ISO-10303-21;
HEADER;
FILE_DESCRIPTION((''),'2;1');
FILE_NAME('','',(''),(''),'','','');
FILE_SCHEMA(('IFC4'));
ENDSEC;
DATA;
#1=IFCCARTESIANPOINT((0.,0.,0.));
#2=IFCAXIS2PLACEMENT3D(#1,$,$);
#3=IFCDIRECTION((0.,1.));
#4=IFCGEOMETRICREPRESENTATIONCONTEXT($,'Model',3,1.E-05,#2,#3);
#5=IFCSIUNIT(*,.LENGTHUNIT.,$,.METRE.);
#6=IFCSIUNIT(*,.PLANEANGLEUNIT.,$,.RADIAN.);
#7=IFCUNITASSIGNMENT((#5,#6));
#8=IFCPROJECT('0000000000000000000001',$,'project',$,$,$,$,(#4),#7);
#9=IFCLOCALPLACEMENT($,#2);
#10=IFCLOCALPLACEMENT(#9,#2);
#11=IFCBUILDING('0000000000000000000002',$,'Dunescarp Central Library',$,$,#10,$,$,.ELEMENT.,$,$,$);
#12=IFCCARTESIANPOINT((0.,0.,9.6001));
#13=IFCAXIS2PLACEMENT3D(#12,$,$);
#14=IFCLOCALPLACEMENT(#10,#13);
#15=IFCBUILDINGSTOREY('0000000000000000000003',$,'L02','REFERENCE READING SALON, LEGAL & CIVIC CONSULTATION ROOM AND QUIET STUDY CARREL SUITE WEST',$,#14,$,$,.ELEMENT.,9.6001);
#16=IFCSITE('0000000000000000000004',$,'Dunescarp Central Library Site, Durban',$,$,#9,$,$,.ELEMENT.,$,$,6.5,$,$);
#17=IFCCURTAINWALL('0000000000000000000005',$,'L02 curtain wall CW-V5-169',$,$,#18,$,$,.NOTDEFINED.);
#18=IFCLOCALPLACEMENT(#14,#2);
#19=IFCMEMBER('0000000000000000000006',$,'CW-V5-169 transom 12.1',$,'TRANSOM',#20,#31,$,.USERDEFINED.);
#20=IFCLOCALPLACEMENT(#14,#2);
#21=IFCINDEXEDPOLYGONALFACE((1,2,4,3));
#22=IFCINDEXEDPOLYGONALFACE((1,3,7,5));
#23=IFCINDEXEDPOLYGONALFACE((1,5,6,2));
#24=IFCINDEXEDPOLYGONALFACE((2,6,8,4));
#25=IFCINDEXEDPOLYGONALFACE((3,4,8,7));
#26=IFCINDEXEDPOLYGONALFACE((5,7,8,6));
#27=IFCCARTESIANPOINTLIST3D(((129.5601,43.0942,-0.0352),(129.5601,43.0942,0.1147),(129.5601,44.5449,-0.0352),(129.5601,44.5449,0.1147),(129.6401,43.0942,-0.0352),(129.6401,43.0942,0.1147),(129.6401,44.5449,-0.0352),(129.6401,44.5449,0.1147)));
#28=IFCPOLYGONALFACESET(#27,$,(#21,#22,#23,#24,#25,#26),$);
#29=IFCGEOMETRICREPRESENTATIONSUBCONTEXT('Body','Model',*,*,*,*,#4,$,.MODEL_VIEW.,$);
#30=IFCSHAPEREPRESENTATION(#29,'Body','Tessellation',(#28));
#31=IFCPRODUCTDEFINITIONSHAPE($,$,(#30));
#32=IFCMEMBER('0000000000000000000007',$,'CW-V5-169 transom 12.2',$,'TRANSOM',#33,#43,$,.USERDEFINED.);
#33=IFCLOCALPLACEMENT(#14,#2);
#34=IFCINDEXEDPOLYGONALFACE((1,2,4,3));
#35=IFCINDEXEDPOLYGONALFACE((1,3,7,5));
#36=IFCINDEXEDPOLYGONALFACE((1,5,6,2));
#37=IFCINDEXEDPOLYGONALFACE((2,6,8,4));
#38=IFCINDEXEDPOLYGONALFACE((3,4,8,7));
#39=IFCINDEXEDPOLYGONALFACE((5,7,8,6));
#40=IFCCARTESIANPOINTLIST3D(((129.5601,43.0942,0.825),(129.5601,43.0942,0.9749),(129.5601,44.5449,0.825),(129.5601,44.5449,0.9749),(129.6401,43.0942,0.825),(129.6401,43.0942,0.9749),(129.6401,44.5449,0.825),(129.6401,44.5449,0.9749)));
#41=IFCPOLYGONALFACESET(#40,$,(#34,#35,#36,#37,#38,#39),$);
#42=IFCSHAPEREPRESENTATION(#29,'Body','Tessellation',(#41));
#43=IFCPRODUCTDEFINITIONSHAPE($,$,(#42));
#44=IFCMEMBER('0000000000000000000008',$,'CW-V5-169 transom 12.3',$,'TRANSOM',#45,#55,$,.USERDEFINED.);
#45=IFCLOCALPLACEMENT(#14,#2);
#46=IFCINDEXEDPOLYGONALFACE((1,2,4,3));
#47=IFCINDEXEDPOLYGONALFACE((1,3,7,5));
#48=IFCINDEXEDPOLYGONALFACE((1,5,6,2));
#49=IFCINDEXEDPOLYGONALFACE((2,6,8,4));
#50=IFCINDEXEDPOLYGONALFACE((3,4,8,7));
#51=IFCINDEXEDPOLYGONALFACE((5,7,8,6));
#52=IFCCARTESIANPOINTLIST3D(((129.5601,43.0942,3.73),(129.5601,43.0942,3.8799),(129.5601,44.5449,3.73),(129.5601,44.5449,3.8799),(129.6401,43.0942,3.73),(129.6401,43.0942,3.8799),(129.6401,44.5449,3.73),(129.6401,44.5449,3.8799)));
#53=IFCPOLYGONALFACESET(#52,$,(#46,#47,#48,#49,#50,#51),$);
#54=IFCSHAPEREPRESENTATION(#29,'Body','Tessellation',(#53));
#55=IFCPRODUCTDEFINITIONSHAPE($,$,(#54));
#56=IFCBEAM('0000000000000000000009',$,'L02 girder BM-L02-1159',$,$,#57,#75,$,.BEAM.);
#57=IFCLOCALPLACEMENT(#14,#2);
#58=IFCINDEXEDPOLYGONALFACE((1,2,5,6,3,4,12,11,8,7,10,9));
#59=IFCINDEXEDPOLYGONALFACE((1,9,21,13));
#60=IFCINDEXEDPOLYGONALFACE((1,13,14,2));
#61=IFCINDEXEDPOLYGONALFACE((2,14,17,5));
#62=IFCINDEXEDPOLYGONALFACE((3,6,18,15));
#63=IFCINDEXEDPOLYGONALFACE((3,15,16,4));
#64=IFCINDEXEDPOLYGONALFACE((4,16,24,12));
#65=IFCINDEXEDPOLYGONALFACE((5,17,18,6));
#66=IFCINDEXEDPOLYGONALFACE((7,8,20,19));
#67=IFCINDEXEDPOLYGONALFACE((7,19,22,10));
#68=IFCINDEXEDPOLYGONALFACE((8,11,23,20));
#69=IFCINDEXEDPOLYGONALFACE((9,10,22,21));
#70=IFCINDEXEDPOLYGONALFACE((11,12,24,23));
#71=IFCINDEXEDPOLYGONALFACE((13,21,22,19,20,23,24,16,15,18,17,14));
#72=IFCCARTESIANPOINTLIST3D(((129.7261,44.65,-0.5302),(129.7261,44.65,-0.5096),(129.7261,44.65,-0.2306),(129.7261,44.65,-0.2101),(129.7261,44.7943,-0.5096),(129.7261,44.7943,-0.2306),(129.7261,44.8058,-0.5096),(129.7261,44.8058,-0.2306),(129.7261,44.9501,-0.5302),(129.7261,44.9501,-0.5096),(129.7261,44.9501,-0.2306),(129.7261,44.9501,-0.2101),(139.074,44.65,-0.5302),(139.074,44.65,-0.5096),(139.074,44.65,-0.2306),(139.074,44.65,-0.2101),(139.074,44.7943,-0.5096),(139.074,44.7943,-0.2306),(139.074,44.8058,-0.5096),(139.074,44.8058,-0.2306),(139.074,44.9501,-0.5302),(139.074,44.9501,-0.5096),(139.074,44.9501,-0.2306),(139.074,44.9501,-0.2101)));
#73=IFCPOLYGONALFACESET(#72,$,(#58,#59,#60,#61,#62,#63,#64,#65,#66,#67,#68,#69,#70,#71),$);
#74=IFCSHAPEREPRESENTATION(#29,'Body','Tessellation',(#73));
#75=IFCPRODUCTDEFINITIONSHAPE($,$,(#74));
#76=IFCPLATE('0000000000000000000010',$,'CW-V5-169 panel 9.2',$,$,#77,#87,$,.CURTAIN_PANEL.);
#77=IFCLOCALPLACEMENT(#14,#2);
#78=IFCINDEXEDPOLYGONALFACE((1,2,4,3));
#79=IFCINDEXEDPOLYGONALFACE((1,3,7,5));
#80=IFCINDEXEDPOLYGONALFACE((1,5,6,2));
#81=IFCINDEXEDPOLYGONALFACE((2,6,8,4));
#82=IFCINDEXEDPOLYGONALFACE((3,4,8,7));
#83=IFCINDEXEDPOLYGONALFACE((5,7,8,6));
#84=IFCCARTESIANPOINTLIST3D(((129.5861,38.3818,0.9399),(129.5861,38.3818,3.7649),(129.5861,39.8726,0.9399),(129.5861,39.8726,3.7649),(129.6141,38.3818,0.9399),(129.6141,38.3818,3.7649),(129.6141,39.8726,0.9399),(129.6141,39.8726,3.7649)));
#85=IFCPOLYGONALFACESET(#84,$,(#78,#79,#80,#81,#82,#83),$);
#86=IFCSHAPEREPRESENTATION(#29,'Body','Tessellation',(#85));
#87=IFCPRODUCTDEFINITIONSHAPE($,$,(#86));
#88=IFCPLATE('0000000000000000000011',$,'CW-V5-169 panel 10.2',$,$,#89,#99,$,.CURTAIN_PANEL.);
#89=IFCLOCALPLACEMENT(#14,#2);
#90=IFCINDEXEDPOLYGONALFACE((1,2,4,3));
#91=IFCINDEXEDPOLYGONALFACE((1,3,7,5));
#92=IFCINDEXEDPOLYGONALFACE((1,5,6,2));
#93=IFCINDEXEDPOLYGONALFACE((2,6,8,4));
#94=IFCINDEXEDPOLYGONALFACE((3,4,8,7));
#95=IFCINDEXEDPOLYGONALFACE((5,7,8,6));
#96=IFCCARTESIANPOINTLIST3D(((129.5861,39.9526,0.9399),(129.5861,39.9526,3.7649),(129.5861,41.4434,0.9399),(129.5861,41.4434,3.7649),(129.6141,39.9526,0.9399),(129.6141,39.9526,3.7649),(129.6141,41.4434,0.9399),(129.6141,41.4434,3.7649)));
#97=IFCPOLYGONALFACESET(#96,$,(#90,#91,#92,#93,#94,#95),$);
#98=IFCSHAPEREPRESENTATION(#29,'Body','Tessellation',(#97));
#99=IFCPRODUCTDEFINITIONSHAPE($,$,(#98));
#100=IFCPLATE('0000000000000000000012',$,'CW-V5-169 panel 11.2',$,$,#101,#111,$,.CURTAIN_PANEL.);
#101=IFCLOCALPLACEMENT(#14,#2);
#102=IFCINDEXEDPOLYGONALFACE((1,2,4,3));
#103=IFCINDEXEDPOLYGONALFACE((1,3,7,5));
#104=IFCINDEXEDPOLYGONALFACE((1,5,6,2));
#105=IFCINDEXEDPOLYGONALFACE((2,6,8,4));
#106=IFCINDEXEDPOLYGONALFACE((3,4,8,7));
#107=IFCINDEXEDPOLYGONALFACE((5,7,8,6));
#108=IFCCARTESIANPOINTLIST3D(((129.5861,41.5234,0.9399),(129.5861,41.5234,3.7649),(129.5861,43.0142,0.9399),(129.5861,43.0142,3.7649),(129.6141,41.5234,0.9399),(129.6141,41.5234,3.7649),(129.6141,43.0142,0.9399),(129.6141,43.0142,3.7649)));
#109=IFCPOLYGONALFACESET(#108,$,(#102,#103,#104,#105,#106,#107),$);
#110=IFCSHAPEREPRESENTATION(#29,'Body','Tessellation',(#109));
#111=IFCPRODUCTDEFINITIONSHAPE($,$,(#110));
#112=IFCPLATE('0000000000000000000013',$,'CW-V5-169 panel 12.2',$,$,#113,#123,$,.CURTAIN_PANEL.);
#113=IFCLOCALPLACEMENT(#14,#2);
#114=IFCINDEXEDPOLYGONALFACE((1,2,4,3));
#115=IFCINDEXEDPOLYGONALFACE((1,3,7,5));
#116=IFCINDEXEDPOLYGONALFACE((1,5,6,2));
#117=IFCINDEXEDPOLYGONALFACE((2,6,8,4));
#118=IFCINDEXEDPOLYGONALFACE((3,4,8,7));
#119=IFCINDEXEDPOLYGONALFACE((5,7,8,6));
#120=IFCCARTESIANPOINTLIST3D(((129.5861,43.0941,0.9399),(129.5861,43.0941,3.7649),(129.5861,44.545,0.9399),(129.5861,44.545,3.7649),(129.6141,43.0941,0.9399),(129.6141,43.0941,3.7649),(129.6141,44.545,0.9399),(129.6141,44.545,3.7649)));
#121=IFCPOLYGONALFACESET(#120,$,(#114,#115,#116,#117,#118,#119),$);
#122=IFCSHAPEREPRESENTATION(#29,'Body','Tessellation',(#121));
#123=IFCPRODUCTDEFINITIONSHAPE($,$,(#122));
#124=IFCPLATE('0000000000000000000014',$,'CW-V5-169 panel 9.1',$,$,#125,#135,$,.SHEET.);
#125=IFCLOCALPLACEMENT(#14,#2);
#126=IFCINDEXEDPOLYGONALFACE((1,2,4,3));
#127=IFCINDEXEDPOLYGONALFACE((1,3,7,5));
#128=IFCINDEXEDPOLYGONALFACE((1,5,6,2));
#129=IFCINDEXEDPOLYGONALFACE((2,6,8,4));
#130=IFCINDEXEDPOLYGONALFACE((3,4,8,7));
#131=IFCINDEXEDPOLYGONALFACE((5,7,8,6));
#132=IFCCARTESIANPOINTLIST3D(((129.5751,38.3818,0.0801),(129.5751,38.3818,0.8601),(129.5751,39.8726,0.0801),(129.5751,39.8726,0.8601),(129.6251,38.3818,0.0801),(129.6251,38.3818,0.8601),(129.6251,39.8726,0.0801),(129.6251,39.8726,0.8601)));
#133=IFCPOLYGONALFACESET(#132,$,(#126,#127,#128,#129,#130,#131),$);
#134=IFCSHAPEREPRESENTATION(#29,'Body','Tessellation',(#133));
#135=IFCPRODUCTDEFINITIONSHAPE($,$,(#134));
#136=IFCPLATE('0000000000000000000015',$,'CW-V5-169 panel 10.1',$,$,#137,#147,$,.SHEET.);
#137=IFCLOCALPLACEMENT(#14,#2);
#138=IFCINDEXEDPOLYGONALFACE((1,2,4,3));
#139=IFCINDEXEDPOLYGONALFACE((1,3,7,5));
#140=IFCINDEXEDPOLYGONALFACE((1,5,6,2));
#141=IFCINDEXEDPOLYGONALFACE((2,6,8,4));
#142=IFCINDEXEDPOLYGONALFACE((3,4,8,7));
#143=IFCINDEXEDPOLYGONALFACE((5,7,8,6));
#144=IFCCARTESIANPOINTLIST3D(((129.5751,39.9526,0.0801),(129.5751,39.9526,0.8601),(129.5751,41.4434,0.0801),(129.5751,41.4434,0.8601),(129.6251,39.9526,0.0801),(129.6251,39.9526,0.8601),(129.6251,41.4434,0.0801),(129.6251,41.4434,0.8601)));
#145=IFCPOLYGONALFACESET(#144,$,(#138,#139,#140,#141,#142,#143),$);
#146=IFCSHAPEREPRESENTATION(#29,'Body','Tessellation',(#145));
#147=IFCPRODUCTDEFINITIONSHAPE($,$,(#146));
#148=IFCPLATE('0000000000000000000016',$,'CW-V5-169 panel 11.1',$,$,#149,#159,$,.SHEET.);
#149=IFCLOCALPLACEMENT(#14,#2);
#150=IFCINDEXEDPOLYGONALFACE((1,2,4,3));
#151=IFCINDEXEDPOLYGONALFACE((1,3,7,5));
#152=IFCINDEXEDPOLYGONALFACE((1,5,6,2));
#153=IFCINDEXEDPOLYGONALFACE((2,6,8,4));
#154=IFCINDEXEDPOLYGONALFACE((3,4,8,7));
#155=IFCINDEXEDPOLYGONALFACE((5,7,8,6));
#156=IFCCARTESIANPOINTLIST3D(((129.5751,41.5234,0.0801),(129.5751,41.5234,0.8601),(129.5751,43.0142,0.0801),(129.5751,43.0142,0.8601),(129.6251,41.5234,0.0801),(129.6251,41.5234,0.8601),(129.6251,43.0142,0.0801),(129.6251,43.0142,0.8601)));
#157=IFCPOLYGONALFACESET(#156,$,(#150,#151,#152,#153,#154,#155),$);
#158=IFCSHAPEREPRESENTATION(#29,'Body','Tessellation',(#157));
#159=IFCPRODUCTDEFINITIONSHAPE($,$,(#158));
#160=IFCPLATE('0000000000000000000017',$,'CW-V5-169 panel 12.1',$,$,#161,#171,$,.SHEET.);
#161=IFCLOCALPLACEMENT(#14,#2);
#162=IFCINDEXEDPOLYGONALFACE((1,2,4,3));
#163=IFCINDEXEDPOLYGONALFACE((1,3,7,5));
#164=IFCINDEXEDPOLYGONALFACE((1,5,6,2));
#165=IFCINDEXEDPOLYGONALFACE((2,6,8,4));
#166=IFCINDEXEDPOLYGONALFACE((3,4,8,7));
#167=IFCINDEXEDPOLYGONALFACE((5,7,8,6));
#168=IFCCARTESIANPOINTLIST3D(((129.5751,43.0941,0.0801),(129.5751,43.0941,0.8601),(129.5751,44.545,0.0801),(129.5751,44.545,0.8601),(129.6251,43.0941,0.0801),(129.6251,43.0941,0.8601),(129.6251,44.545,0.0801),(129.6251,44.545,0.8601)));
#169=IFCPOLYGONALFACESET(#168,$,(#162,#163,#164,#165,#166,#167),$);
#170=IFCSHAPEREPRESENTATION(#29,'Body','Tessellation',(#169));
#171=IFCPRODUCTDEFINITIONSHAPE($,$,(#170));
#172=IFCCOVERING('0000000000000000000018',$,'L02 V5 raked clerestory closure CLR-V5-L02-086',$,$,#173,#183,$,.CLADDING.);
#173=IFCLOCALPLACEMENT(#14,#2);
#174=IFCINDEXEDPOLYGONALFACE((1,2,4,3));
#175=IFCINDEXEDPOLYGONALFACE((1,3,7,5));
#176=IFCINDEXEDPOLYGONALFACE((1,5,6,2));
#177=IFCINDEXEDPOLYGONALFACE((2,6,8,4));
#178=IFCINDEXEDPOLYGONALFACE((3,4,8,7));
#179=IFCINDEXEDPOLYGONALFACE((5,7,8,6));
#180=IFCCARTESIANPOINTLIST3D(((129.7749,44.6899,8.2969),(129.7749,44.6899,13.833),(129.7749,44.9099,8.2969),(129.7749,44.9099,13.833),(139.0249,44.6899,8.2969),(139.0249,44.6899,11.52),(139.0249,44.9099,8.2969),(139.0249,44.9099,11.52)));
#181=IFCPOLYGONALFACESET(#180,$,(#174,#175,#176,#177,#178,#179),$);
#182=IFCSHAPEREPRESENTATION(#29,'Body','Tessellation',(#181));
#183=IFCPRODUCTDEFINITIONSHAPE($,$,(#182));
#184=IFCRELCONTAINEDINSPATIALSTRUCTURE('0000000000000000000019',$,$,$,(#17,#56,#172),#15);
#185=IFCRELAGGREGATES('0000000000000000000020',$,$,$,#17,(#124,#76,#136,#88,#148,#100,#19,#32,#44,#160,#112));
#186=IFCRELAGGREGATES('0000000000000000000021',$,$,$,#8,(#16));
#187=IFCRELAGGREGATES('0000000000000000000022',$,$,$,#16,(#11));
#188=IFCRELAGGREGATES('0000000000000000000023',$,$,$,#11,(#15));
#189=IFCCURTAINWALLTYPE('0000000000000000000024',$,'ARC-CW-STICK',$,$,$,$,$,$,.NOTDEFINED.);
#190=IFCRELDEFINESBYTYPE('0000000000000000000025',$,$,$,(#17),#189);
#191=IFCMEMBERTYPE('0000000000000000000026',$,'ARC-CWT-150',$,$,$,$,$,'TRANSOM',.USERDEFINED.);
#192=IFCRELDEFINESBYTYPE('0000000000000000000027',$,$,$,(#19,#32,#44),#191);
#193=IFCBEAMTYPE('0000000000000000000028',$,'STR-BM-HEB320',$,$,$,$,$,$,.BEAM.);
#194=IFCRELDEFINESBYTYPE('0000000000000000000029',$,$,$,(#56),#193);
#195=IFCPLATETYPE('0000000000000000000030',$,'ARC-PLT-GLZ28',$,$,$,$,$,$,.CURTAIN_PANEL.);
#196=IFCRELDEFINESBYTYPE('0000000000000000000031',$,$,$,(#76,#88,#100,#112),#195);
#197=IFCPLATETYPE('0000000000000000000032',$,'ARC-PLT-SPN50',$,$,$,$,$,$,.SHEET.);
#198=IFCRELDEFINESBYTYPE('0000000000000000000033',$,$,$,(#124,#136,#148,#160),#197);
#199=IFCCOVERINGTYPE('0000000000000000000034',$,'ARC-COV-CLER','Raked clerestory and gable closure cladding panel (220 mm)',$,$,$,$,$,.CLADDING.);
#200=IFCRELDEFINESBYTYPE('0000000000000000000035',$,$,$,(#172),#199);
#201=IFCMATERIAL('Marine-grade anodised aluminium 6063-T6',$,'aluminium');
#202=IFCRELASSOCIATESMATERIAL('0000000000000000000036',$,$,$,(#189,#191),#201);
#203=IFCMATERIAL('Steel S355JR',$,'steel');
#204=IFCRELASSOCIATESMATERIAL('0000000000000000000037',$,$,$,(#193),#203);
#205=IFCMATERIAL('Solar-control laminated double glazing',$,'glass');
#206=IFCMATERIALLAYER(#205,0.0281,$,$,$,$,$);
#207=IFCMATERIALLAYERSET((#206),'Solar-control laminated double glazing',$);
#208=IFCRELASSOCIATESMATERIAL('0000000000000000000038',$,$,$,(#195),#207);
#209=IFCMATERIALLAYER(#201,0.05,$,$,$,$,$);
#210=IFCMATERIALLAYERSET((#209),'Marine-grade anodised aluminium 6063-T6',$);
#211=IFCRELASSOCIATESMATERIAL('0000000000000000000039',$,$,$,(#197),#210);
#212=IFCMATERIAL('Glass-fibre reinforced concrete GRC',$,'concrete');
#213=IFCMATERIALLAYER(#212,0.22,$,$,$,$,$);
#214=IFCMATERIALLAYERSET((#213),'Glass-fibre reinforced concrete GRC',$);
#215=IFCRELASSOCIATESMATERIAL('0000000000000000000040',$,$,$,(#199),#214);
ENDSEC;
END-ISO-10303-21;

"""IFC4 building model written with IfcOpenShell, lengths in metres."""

from ifc_helpers import new_model, si_unit, direction, frame, origin, origin_2d, place, context, subcontext, project, spatial, polyline, rectangle, i_section, outline, extrude, material, layer, layer_set, material_profile, profile_set, type_object, element, aggregate, save


model = new_model("IFC4")

# Units and contexts
model_context = context("Model", 3, precision=1e-05, world=origin(), true_north=direction((0.0, 1.0)))
body_context = subcontext(model_context, "Body", "Model", "MODEL_VIEW")
ifc_project = project(units=[si_unit("LENGTHUNIT", "METRE"), si_unit("PLANEANGLEUNIT", "RADIAN")], contexts=[model_context])

# Site, building, storey
site_placement = place(None, origin())
site = spatial("IfcSite", under=ifc_project, at=site_placement, Name="Dunescarp Central Library Site, Durban", CompositionType="ELEMENT", RefElevation=6.5)
building_placement = place(site_placement, origin())
building = spatial("IfcBuilding", under=site, at=building_placement, Name="Dunescarp Central Library", CompositionType="ELEMENT")
storey_placement = place(building_placement, frame((0.0, 0.0, 9.6001)))
storey = spatial("IfcBuildingStorey", under=building, at=storey_placement, Name="L02", Description="REFERENCE READING SALON, LEGAL & CIVIC CONSULTATION ROOM AND QUIET STUDY CARREL SUITE WEST", CompositionType="ELEMENT", Elevation=9.6001)

# Shared definitions
ifc_material_1 = material(Name="Steel S355JR", Category="steel")

# Shared definitions
ifc_material_2 = material(Name="Marine-grade anodised aluminium 6063-T6", Category="aluminium")
curtain_wall_type = type_object("IfcCurtainWallType", Name="ARC-CW-STICK", PredefinedType="NOTDEFINED", material=ifc_material_2)

# Curtain wall, members
curtain_wall_1_placement = place(storey_placement, origin())
curtain_wall_1 = element("IfcCurtainWall", 1, at=curtain_wall_1_placement, inside=storey, type_object=curtain_wall_type, Name="L02 curtain wall CW-V5-169", PredefinedType="NOTDEFINED")
ifc_material_profile_1 = material_profile(ifc_material_2, rectangle(XDim=0.0801, YDim=0.1499, at=origin_2d()), Name="AL 80x150")
ifc_profile_set_1 = profile_set([ifc_material_profile_1], Name="Marine-grade anodised aluminium 6063-T6")
member_type_1 = type_object("IfcMemberType", Name="ARC-CWT-150", ElementType="TRANSOM", PredefinedType="USERDEFINED", material=ifc_profile_set_1)
member_1_placement = place(storey_placement, frame((129.6001, 43.0942, 0.0398), z_axis=(0.0, 1.0, 0.0), x_axis=(-1.0, 0.0, 0.0)))
member_1 = element("IfcMember", 2, at=member_1_placement, type_object=member_type_1, Name="CW-V5-169 transom 12.1", ObjectType="TRANSOM", PredefinedType="USERDEFINED", context=body_context, shape_type="SweptSolid", body=[
    extrude(rectangle(XDim=0.0801, YDim=0.1499, at=origin_2d()), origin(), (0.0, 0.0, 1.0), 1.4507),
])
member_2_placement = place(storey_placement, frame((129.6001, 43.0942, 0.8999), z_axis=(0.0, 1.0, 0.0), x_axis=(-1.0, 0.0, 0.0)))
member_2 = element("IfcMember", 3, at=member_2_placement, type_object=member_type_1, Name="CW-V5-169 transom 12.2", ObjectType="TRANSOM", PredefinedType="USERDEFINED", context=body_context, shape_type="SweptSolid", body=[
    extrude(rectangle(XDim=0.0801, YDim=0.1499, at=origin_2d()), origin(), (0.0, 0.0, 1.0), 1.4507),
])
member_3_placement = place(storey_placement, frame((129.6001, 43.0942, 3.8049), z_axis=(0.0, 1.0, 0.0), x_axis=(-1.0, 0.0, 0.0)))
member_3 = element("IfcMember", 4, at=member_3_placement, type_object=member_type_1, Name="CW-V5-169 transom 12.3", ObjectType="TRANSOM", PredefinedType="USERDEFINED", context=body_context, shape_type="SweptSolid", body=[
    extrude(rectangle(XDim=0.0801, YDim=0.1499, at=origin_2d()), origin(), (0.0, 0.0, 1.0), 1.4507),
])

# Beam
ifc_material_profile_2 = material_profile(ifc_material_1, i_section(OverallWidth=0.3, OverallDepth=0.3201, WebThickness=0.0115, FlangeThickness=0.0205, at=origin_2d()), Name="HEB 320")
ifc_profile_set_2 = profile_set([ifc_material_profile_2], Name="Steel S355JR")
beam_type = type_object("IfcBeamType", Name="STR-BM-HEB320", PredefinedType="BEAM", material=ifc_profile_set_2)
beam_placement = place(storey_placement, frame((129.7261, 44.8, -0.3701), z_axis=(1.0, 0.0, 0.0), x_axis=(0.0, 1.0, 0.0)))
element("IfcBeam", 5, at=beam_placement, inside=storey, type_object=beam_type, Name="L02 girder BM-L02-1159", PredefinedType="BEAM", context=body_context, shape_type="SweptSolid", body=[
    extrude(i_section(OverallWidth=0.3, OverallDepth=0.3201, WebThickness=0.0115, FlangeThickness=0.0205, at=origin_2d()), origin(), (0.0, 0.0, 1.0), 9.3479),
])

# Plates
ifc_material_3 = material(Name="Solar-control laminated double glazing", Category="glass")
ifc_layer_1 = layer(ifc_material_3, 0.0281)
ifc_layer_set_1 = layer_set([ifc_layer_1], Name="Solar-control laminated double glazing")
plate_type_1 = type_object("IfcPlateType", Name="ARC-PLT-GLZ28", PredefinedType="CURTAIN_PANEL", material=ifc_layer_set_1)
plate_1_placement = place(storey_placement, frame((129.6001, 39.1272, 0.9399), z_axis=(0.0, 0.0, 1.0), x_axis=(0.0, 1.0, 0.0)))
plate_1 = element("IfcPlate", 6, at=plate_1_placement, type_object=plate_type_1, Name="CW-V5-169 panel 9.2", PredefinedType="CURTAIN_PANEL", context=body_context, shape_type="SweptSolid", body=[
    extrude(rectangle(XDim=1.4907, YDim=0.0281, at=origin_2d()), origin(), (0.0, 0.0, 1.0), 2.825),
])
plate_2_placement = place(storey_placement, frame((129.6001, 40.698, 0.9399), z_axis=(0.0, 0.0, 1.0), x_axis=(0.0, 1.0, 0.0)))
plate_2 = element("IfcPlate", 7, at=plate_2_placement, type_object=plate_type_1, Name="CW-V5-169 panel 10.2", PredefinedType="CURTAIN_PANEL", context=body_context, shape_type="SweptSolid", body=[
    extrude(rectangle(XDim=1.4907, YDim=0.0281, at=origin_2d()), origin(), (0.0, 0.0, 1.0), 2.825),
])
plate_3_placement = place(storey_placement, frame((129.6001, 42.2688, 0.9399), z_axis=(0.0, 0.0, 1.0), x_axis=(0.0, 1.0, 0.0)))
plate_3 = element("IfcPlate", 8, at=plate_3_placement, type_object=plate_type_1, Name="CW-V5-169 panel 11.2", PredefinedType="CURTAIN_PANEL", context=body_context, shape_type="SweptSolid", body=[
    extrude(rectangle(XDim=1.4907, YDim=0.0281, at=origin_2d()), origin(), (0.0, 0.0, 1.0), 2.825),
])
plate_4_placement = place(storey_placement, frame((129.6001, 43.8196, 0.9399), z_axis=(0.0, 0.0, 1.0), x_axis=(0.0, 1.0, 0.0)))
plate_4 = element("IfcPlate", 9, at=plate_4_placement, type_object=plate_type_1, Name="CW-V5-169 panel 12.2", PredefinedType="CURTAIN_PANEL", context=body_context, shape_type="SweptSolid", body=[
    extrude(rectangle(XDim=1.4509, YDim=0.0281, at=origin_2d()), origin(), (0.0, 0.0, 1.0), 2.825),
])
ifc_layer_2 = layer(ifc_material_2, 0.05)
ifc_layer_set_2 = layer_set([ifc_layer_2], Name="Marine-grade anodised aluminium 6063-T6")
plate_type_2 = type_object("IfcPlateType", Name="ARC-PLT-SPN50", PredefinedType="SHEET", material=ifc_layer_set_2)
plate_5_placement = place(storey_placement, frame((129.6001, 39.1272, 0.0801), z_axis=(0.0, 0.0, 1.0), x_axis=(0.0, 1.0, 0.0)))
plate_5 = element("IfcPlate", 10, at=plate_5_placement, type_object=plate_type_2, Name="CW-V5-169 panel 9.1", PredefinedType="SHEET", context=body_context, shape_type="SweptSolid", body=[
    extrude(rectangle(XDim=1.4907, YDim=0.05, at=origin_2d()), origin(), (0.0, 0.0, 1.0), 0.78),
])
plate_6_placement = place(storey_placement, frame((129.6001, 40.698, 0.0801), z_axis=(0.0, 0.0, 1.0), x_axis=(0.0, 1.0, 0.0)))
plate_6 = element("IfcPlate", 11, at=plate_6_placement, type_object=plate_type_2, Name="CW-V5-169 panel 10.1", PredefinedType="SHEET", context=body_context, shape_type="SweptSolid", body=[
    extrude(rectangle(XDim=1.4907, YDim=0.05, at=origin_2d()), origin(), (0.0, 0.0, 1.0), 0.78),
])
plate_7_placement = place(storey_placement, frame((129.6001, 42.2688, 0.0801), z_axis=(0.0, 0.0, 1.0), x_axis=(0.0, 1.0, 0.0)))
plate_7 = element("IfcPlate", 12, at=plate_7_placement, type_object=plate_type_2, Name="CW-V5-169 panel 11.1", PredefinedType="SHEET", context=body_context, shape_type="SweptSolid", body=[
    extrude(rectangle(XDim=1.4907, YDim=0.05, at=origin_2d()), origin(), (0.0, 0.0, 1.0), 0.78),
])
plate_8_placement = place(storey_placement, frame((129.6001, 43.8196, 0.0801), z_axis=(0.0, 0.0, 1.0), x_axis=(0.0, 1.0, 0.0)))
plate_8 = element("IfcPlate", 13, at=plate_8_placement, type_object=plate_type_2, Name="CW-V5-169 panel 12.1", PredefinedType="SHEET", context=body_context, shape_type="SweptSolid", body=[
    extrude(rectangle(XDim=1.4509, YDim=0.05, at=origin_2d()), origin(), (0.0, 0.0, 1.0), 0.78),
])
aggregate(curtain_wall_1, [plate_5, plate_1, plate_6, plate_2, plate_7, plate_3, member_1, member_2, member_3, plate_8, plate_4])

# Covering
ifc_material_4 = material(Name="Glass-fibre reinforced concrete GRC", Category="concrete")
ifc_layer_3 = layer(ifc_material_4, 0.22)
ifc_layer_set_3 = layer_set([ifc_layer_3], Name="Glass-fibre reinforced concrete GRC")
covering_type = type_object("IfcCoveringType", Name="ARC-COV-CLER", Description="Raked clerestory and gable closure cladding panel (220 mm)", PredefinedType="CLADDING", material=ifc_layer_set_3)
covering_placement = place(storey_placement, frame((129.7749, 44.8, 8.2969), z_axis=(0.0, 0.0, 1.0), x_axis=(1.0, 0.0, 0.0)))
element("IfcCovering", 14, at=covering_placement, inside=storey, type_object=covering_type, Name="L02 V5 raked clerestory closure CLR-V5-L02-086", PredefinedType="CLADDING", context=body_context, shape_type="SweptSolid", body=[
    extrude(outline(polyline([(0.0, 0.0), (9.25, 0.0), (9.25, 3.2231), (0.0, 5.5361), (0.0, 0.0)])), frame((0.0, 0.1099, 0.0), z_axis=(0.0, -1.0, 0.0), x_axis=(1.0, 0.0, 0.0)), (0.0, 0.0, 1.0), 0.22),
])

save(model, "model.ifc")
